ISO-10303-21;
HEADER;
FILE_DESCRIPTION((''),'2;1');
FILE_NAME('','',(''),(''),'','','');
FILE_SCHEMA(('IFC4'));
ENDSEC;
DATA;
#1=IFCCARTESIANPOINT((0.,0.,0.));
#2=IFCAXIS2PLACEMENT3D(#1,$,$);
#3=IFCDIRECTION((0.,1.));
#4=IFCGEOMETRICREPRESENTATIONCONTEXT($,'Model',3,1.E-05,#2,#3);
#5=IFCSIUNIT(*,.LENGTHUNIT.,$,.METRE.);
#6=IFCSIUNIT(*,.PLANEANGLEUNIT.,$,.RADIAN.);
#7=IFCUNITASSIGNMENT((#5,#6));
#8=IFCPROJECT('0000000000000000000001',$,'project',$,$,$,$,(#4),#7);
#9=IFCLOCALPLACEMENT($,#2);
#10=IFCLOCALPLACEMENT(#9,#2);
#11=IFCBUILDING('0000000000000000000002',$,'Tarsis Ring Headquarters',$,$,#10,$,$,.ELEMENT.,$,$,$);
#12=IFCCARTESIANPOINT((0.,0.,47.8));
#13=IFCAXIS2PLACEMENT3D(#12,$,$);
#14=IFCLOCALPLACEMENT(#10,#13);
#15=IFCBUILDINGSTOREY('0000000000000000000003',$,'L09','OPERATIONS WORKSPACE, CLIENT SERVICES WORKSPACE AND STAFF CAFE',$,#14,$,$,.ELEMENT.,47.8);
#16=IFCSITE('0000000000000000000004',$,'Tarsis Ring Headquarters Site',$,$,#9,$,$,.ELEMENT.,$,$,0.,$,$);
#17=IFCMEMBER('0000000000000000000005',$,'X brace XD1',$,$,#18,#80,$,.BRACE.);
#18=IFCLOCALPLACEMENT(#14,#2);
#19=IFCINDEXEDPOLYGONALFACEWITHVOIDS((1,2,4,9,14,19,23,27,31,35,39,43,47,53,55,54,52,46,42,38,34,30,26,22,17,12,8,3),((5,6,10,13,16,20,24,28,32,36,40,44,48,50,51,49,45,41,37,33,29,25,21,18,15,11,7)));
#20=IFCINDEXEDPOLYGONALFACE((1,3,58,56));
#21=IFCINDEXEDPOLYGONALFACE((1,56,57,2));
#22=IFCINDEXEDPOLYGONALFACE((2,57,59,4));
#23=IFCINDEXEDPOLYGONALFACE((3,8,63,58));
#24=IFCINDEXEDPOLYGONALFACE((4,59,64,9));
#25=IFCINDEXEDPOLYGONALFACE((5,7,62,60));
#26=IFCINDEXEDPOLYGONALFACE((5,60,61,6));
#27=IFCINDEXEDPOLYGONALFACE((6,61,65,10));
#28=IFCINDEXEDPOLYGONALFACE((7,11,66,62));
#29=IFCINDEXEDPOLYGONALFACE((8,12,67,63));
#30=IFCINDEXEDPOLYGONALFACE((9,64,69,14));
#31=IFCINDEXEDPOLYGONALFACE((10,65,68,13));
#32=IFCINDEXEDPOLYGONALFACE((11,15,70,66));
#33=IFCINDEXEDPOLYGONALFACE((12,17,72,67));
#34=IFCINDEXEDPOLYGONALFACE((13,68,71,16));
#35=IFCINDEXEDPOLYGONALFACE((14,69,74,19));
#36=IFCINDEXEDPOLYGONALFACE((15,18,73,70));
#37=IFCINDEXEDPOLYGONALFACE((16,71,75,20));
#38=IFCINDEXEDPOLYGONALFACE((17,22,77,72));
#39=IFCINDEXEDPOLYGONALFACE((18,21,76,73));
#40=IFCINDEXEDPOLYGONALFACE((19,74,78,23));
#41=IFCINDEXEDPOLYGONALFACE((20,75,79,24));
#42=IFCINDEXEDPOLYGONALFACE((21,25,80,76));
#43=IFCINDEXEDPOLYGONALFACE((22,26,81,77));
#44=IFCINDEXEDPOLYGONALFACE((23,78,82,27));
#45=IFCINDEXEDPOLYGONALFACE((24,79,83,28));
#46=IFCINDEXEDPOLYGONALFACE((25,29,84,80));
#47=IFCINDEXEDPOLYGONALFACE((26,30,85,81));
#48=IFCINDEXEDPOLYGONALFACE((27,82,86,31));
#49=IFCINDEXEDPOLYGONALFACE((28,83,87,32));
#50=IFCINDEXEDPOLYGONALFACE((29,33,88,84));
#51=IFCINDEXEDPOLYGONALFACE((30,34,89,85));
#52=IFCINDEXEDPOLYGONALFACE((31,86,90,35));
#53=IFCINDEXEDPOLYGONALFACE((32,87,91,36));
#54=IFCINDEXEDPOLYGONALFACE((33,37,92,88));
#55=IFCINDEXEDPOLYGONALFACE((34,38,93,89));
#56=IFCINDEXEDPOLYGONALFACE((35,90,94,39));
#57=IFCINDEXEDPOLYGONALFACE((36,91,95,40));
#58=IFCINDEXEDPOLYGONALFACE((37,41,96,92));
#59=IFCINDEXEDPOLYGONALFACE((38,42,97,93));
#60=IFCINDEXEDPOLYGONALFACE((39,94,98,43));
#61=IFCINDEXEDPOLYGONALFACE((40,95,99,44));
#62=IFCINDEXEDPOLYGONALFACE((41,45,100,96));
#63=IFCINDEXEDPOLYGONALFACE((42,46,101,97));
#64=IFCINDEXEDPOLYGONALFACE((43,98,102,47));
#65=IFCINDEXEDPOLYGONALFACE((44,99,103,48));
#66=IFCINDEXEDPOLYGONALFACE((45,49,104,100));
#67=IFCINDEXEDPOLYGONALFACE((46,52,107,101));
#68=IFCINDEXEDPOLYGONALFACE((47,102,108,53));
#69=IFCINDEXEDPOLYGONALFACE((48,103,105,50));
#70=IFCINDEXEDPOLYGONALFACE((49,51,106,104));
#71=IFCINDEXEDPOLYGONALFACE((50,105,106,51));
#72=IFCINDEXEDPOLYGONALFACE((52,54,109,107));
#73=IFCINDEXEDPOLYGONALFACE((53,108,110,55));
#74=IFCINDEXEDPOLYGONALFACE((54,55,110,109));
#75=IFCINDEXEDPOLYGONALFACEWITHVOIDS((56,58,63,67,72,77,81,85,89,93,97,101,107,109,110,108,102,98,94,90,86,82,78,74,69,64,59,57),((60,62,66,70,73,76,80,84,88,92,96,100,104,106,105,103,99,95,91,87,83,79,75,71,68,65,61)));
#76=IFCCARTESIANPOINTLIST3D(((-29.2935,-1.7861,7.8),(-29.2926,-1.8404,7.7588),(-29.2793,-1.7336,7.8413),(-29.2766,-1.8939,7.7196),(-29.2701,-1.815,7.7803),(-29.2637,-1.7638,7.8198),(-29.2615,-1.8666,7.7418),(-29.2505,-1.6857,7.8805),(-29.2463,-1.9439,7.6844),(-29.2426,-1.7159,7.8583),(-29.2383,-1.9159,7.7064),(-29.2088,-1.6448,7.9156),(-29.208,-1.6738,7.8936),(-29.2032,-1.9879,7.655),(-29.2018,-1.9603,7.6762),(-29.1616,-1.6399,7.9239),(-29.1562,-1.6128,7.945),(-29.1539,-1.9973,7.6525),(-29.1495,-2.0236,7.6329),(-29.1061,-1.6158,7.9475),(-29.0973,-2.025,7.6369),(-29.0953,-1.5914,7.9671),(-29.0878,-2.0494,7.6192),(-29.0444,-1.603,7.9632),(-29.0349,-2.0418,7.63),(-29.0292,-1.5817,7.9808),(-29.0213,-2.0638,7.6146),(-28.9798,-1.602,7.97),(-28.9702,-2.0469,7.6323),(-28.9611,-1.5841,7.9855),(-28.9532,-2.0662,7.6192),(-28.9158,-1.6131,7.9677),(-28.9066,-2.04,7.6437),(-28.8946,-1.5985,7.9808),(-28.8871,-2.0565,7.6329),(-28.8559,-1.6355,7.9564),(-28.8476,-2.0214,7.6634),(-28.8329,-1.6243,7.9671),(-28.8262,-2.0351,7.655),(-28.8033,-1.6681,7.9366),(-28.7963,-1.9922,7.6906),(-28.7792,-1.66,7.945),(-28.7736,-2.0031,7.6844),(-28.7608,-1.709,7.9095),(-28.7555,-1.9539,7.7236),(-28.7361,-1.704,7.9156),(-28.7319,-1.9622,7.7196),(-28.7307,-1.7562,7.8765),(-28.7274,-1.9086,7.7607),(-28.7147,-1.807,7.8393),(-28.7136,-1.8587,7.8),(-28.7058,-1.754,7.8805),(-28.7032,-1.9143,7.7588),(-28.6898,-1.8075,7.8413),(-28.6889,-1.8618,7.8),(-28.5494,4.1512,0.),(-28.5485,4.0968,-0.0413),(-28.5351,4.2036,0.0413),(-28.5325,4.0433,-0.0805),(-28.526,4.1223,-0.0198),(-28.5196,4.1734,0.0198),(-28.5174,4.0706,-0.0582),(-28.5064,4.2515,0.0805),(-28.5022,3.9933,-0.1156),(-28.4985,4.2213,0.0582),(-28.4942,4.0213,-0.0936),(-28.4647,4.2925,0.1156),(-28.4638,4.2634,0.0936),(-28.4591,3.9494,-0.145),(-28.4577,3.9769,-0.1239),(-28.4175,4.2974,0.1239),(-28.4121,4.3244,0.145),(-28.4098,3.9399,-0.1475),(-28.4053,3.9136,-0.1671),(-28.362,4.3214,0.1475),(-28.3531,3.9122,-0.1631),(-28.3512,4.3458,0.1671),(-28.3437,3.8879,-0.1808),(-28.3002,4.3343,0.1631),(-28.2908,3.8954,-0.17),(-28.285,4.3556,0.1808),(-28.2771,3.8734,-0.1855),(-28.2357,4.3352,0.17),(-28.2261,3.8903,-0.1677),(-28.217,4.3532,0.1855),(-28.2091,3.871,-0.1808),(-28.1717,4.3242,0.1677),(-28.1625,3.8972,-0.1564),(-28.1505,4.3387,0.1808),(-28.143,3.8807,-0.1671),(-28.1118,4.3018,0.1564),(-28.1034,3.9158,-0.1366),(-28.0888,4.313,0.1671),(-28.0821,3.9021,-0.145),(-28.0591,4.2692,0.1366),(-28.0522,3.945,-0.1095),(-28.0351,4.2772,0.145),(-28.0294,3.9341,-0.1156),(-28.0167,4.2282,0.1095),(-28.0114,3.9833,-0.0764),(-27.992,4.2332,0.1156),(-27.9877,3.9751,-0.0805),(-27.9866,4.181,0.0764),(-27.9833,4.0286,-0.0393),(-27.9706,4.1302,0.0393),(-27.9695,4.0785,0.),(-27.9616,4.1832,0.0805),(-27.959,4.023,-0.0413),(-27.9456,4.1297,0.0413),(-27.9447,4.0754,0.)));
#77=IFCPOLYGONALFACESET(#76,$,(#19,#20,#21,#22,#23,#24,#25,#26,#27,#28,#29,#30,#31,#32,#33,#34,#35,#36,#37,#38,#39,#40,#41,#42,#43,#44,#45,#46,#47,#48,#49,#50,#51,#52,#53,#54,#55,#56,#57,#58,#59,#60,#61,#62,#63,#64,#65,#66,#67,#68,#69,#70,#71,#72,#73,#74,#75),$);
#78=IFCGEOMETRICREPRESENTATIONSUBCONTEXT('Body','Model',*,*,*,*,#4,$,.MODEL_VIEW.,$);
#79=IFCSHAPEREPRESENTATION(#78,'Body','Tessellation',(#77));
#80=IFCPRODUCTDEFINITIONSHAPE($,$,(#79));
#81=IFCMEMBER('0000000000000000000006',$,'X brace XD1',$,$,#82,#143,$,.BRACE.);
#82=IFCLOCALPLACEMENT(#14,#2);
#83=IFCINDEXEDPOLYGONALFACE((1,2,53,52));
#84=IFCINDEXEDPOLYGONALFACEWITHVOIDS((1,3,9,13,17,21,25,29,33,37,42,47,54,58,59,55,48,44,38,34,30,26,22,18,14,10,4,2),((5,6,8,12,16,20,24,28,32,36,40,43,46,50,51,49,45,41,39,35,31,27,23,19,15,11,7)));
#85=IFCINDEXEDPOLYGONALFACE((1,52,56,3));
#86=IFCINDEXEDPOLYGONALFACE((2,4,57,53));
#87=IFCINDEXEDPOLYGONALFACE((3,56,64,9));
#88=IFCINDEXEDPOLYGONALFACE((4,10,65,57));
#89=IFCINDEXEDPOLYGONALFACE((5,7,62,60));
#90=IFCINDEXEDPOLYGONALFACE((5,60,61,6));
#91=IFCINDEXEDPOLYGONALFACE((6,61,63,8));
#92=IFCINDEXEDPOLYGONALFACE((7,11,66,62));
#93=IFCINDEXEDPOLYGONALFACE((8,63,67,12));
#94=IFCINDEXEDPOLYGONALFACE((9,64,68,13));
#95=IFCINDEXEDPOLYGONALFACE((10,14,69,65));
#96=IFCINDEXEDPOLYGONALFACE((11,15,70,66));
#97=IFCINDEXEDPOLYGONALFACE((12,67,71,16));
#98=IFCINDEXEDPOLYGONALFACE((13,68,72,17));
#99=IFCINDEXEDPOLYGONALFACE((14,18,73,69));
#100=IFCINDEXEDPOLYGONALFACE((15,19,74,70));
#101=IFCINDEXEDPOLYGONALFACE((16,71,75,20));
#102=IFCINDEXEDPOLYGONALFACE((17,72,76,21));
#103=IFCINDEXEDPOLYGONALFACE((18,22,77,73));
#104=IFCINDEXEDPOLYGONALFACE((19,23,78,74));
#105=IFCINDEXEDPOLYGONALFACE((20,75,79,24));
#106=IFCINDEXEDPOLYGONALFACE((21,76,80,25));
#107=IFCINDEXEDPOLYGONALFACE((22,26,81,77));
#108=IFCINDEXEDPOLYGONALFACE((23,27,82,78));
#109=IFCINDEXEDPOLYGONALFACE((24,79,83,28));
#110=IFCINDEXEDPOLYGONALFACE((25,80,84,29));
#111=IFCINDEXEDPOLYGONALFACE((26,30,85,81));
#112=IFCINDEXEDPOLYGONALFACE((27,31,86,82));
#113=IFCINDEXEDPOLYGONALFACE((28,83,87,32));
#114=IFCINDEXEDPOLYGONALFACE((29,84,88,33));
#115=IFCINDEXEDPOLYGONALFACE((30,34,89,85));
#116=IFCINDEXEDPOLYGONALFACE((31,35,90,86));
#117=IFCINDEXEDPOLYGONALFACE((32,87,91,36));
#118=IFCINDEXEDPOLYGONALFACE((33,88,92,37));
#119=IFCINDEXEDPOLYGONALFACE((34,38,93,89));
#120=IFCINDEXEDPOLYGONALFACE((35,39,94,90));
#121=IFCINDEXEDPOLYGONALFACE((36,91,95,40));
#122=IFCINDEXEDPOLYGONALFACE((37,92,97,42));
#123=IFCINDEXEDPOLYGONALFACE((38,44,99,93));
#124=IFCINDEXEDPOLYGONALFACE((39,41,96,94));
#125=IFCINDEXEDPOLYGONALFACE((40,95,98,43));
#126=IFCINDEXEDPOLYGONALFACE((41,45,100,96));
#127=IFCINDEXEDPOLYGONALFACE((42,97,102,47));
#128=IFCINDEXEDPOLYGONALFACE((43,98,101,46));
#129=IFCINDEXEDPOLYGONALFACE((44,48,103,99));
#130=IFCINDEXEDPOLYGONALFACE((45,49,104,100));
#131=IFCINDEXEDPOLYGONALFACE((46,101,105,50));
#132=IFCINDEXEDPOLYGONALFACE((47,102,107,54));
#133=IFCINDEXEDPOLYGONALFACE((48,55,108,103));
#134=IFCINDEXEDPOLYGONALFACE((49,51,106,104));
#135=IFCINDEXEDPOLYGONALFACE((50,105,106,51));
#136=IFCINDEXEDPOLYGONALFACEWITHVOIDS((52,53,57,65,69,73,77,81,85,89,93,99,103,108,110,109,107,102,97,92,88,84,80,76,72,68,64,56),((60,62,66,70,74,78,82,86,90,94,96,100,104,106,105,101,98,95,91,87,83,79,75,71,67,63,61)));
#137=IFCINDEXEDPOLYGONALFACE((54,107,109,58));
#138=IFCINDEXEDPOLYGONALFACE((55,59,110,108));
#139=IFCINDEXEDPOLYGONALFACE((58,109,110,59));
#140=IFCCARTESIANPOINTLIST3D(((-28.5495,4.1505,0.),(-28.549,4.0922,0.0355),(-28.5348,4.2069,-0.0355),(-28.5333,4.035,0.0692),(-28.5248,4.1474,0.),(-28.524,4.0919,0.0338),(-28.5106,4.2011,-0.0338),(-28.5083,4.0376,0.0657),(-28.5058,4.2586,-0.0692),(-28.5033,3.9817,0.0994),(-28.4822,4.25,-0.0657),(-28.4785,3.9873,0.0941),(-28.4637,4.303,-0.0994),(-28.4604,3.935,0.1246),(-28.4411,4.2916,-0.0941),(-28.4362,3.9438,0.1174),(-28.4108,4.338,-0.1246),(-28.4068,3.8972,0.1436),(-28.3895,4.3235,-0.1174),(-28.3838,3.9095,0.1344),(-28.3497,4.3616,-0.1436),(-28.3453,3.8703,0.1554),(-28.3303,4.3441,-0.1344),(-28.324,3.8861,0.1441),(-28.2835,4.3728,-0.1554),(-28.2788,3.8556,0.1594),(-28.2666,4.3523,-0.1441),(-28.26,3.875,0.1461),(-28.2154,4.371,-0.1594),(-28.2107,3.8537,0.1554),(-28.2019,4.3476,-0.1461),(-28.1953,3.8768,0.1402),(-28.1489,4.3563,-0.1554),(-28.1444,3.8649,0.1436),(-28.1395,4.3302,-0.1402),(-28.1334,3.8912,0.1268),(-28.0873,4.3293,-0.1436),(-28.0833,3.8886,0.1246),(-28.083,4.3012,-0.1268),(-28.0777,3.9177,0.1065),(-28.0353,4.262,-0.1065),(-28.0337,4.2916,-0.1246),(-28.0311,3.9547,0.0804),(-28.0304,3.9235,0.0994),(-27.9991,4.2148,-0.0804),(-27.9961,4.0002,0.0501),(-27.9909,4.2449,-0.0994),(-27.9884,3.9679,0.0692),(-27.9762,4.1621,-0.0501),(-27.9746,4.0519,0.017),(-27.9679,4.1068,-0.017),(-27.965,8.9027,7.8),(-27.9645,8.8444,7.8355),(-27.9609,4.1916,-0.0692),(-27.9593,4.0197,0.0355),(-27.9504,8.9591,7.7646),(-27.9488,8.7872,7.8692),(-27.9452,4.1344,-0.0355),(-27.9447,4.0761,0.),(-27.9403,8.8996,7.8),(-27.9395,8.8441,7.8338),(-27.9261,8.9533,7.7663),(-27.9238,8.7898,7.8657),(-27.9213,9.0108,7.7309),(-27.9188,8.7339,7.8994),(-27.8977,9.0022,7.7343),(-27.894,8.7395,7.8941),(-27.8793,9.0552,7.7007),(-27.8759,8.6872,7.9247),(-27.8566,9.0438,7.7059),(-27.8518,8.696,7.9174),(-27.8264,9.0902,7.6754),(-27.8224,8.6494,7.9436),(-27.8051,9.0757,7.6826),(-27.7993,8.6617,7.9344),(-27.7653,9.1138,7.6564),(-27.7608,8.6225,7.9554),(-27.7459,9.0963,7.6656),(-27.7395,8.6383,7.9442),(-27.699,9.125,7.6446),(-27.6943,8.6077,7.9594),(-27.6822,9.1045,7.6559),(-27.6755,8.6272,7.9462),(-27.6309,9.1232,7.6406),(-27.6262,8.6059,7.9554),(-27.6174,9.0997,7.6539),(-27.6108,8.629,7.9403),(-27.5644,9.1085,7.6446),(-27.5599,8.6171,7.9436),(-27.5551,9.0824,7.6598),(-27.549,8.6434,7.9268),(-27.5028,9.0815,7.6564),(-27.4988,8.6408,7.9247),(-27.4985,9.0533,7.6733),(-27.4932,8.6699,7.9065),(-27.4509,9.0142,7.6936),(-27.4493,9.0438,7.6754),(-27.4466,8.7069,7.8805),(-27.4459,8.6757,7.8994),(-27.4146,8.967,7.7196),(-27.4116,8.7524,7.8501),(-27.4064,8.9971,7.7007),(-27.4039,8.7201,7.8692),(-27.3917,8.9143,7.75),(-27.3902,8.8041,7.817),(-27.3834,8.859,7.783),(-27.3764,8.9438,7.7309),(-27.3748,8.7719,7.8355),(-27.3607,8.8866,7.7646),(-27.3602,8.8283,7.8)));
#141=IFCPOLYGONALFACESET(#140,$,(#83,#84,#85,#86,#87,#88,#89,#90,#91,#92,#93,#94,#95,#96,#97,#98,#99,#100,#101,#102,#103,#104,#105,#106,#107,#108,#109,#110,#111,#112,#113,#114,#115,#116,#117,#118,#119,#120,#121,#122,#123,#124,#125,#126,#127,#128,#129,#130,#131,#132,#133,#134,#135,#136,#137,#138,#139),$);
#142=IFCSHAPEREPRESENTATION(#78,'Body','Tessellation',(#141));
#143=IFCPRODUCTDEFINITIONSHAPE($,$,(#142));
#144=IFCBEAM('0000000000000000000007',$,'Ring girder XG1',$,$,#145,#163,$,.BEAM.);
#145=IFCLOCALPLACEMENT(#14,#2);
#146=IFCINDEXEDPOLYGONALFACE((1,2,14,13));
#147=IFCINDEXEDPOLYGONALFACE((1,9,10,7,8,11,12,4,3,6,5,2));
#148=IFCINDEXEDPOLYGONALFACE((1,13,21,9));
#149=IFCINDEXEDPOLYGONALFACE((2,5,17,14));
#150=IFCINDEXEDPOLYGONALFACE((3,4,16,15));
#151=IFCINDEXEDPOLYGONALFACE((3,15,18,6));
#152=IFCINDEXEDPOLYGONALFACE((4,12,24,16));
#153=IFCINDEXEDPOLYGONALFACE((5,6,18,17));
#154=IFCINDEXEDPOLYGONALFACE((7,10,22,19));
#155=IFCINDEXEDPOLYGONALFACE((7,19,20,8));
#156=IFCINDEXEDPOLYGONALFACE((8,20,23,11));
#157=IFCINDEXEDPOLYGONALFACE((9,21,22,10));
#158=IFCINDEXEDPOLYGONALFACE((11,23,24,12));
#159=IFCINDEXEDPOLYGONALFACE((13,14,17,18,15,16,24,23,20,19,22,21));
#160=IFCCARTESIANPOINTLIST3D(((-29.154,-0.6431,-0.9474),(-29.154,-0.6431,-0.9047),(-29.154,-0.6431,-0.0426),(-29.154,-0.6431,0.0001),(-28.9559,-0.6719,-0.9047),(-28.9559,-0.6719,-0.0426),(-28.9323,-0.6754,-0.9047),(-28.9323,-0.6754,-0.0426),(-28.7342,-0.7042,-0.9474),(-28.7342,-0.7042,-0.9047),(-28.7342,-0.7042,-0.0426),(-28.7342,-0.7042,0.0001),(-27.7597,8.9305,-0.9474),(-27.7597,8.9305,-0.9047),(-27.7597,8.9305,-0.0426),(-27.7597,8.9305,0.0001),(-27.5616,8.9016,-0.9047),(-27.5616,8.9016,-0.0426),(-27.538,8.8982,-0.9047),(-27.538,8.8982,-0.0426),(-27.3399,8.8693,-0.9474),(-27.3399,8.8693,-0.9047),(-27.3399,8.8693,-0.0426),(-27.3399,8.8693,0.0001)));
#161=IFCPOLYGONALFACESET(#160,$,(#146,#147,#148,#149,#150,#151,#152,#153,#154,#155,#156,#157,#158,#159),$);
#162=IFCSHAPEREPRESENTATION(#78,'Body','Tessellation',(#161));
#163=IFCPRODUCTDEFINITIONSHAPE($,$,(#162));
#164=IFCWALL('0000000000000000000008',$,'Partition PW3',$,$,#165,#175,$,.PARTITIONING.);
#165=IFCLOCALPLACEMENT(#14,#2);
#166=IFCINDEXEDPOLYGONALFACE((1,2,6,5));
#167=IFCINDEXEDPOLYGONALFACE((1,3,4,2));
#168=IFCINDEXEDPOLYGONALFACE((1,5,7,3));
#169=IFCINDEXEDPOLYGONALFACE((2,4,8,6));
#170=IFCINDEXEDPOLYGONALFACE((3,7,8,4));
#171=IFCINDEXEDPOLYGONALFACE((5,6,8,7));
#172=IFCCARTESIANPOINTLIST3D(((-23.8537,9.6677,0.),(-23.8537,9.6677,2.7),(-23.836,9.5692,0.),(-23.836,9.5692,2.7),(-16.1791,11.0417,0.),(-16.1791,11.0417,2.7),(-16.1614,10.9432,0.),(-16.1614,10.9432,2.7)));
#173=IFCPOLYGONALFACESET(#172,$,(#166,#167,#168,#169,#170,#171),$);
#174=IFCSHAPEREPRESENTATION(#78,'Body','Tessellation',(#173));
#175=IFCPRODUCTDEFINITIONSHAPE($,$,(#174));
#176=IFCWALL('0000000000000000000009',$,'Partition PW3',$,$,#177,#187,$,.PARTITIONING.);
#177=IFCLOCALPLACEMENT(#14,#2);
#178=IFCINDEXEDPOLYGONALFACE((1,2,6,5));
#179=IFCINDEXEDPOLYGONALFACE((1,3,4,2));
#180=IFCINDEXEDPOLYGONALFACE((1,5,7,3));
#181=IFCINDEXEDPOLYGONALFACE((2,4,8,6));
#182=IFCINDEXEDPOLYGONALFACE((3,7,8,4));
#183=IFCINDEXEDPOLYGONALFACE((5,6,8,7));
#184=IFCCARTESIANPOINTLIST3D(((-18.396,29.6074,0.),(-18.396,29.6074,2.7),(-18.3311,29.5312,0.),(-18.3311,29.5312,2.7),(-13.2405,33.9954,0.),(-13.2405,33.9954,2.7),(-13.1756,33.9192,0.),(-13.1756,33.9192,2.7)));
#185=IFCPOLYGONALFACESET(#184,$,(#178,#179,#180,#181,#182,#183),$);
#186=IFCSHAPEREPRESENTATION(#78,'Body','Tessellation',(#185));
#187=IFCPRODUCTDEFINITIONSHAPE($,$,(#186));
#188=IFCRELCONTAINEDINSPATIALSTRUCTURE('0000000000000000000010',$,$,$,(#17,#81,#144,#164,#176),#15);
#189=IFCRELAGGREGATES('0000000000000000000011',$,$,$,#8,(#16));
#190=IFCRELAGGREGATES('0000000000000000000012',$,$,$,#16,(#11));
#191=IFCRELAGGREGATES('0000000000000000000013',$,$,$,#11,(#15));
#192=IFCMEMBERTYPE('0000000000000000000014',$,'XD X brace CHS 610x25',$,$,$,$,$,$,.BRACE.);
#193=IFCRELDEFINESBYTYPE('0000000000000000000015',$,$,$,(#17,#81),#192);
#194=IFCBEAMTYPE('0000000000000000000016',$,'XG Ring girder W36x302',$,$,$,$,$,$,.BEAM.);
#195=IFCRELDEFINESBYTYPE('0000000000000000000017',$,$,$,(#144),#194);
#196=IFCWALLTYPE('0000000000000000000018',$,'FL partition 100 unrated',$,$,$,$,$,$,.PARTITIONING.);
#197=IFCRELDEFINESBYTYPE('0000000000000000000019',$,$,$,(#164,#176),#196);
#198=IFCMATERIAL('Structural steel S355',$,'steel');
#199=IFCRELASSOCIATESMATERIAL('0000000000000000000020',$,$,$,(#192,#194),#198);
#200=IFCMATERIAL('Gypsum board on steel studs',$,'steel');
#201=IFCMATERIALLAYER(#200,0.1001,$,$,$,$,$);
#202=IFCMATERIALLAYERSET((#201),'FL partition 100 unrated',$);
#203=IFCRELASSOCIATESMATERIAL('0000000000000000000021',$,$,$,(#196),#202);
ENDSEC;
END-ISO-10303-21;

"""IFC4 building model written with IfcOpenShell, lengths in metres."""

from ifc_helpers import new_model, si_unit, direction, frame, frame_2d, origin, origin_2d, place, context, subcontext, project, spatial, rectangle, hollow_circle, i_section, extrude, material, layer, layer_set, material_profile, profile_set, type_object, element, save


model = new_model("IFC4")

# Units and contexts
model_context = context("Model", 3, precision=1e-05, world=origin(), true_north=direction((0.0, 1.0)))
body_context = subcontext(model_context, "Body", "Model", "MODEL_VIEW")
ifc_project = project(units=[si_unit("LENGTHUNIT", "METRE"), si_unit("PLANEANGLEUNIT", "RADIAN")], contexts=[model_context])

# Site, building, storey
site_placement = place(None, origin())
site = spatial("IfcSite", under=ifc_project, at=site_placement, Name="Tarsis Ring Headquarters Site", CompositionType="ELEMENT", RefElevation=0.0)
building_placement = place(site_placement, origin())
building = spatial("IfcBuilding", under=site, at=building_placement, Name="Tarsis Ring Headquarters", CompositionType="ELEMENT")
storey_placement = place(building_placement, frame((0.0, 0.0, 47.8)))
storey = spatial("IfcBuildingStorey", under=building, at=storey_placement, Name="L09", Description="OPERATIONS WORKSPACE, CLIENT SERVICES WORKSPACE AND STAFF CAFE", CompositionType="ELEMENT", Elevation=47.8)

# Shared definitions
ifc_material_1 = material(Name="Structural steel S355", Category="steel")

# Members
ifc_material_profile_1 = material_profile(ifc_material_1, hollow_circle(Radius=0.3047, WallThickness=0.0249, at=origin_2d()), Name="CHS 610x25")
ifc_profile_set_1 = profile_set([ifc_material_profile_1], Name="Structural steel S355")
member_type = type_object("IfcMemberType", Name="XD X brace CHS 610x25", PredefinedType="BRACE", material=ifc_profile_set_1)
member_1_placement = place(storey_placement, frame((-28.2471, 4.1133, 0.0), z_axis=(-0.075694, -0.603942, 0.793426), x_axis=(0.992237, -0.124361, 0.0)))
element("IfcMember", 1, at=member_1_placement, inside=storey, type_object=member_type, Name="X brace XD1", PredefinedType="BRACE", context=body_context, shape_type="SweptSolid", body=[
    extrude(hollow_circle(Radius=0.3047, WallThickness=0.0249, at=origin_2d()), origin(), (0.0, 0.0, 1.0), 9.8308),
])
member_2_placement = place(storey_placement, frame((-28.2471, 4.1133, 0.0), z_axis=(0.06386, 0.519232, 0.852244), x_axis=(-0.992521, 0.12207, 0.0)))
element("IfcMember", 2, at=member_2_placement, inside=storey, type_object=member_type, Name="X brace XD1", PredefinedType="BRACE", context=body_context, shape_type="SweptSolid", body=[
    extrude(hollow_circle(Radius=0.3047, WallThickness=0.0249, at=origin_2d()), origin(), (0.0, 0.0, 1.0), 9.1523),
])

# Beam
ifc_material_profile_2 = material_profile(ifc_material_1, i_section(OverallWidth=0.4243, OverallDepth=0.9475, WebThickness=0.0239, FlangeThickness=0.0427, at=origin_2d()), Name="W36x302")
ifc_profile_set_2 = profile_set([ifc_material_profile_2], Name="Structural steel S355")
beam_type_1 = type_object("IfcBeamType", Name="XG Ring girder W36x302", PredefinedType="BEAM", material=ifc_profile_set_2)
beam_1_placement = place(storey_placement, frame((-27.5498, 8.8999, -0.4736), z_axis=(-0.14412, -0.98956, 0.0), x_axis=(0.98956, -0.14412, 0.0)))
element("IfcBeam", 3, at=beam_1_placement, inside=storey, type_object=beam_type_1, Name="Ring girder XG1", PredefinedType="BEAM", context=body_context, shape_type="SweptSolid", body=[
    extrude(i_section(OverallWidth=0.4243, OverallDepth=0.9475, WebThickness=0.0239, FlangeThickness=0.0427, at=origin_2d()), origin(), (0.0, 0.0, 1.0), 9.6746),
])

# Walls
ifc_material_2 = material(Name="Gypsum board on steel studs", Category="steel")
ifc_layer_1 = layer(ifc_material_2, 0.1001)
ifc_layer_set_1 = layer_set([ifc_layer_1], Name="FL partition 100 unrated")
wall_type_1 = type_object("IfcWallType", Name="FL partition 100 unrated", PredefinedType="PARTITIONING", material=ifc_layer_set_1)
wall_1_placement = place(storey_placement, frame((-23.845, 9.6184, 0.0), z_axis=(0.0, 0.0, 1.0), x_axis=(0.984348, 0.176234, 0.0)))
element("IfcWall", 4, at=wall_1_placement, inside=storey, type_object=wall_type_1, Name="Partition PW3", PredefinedType="PARTITIONING", context=body_context, shape_type="SweptSolid", body=[
    extrude(rectangle(XDim=7.7966, YDim=0.1001, at=frame_2d((3.8984, 0.0))), origin(), (0.0, 0.0, 1.0), 2.7),
])
wall_2_placement = place(storey_placement, frame((-18.3635, 29.5693, 0.0), z_axis=(0.0, 0.0, 1.0), x_axis=(0.76152, 0.648141, 0.0)))
element("IfcWall", 5, at=wall_2_placement, inside=storey, type_object=wall_type_1, Name="Partition PW3", PredefinedType="PARTITIONING", context=body_context, shape_type="SweptSolid", body=[
    extrude(rectangle(XDim=6.77, YDim=0.1001, at=frame_2d((3.385, 0.0))), origin(), (0.0, 0.0, 1.0), 2.7),
])

save(model, "model.ifc")
